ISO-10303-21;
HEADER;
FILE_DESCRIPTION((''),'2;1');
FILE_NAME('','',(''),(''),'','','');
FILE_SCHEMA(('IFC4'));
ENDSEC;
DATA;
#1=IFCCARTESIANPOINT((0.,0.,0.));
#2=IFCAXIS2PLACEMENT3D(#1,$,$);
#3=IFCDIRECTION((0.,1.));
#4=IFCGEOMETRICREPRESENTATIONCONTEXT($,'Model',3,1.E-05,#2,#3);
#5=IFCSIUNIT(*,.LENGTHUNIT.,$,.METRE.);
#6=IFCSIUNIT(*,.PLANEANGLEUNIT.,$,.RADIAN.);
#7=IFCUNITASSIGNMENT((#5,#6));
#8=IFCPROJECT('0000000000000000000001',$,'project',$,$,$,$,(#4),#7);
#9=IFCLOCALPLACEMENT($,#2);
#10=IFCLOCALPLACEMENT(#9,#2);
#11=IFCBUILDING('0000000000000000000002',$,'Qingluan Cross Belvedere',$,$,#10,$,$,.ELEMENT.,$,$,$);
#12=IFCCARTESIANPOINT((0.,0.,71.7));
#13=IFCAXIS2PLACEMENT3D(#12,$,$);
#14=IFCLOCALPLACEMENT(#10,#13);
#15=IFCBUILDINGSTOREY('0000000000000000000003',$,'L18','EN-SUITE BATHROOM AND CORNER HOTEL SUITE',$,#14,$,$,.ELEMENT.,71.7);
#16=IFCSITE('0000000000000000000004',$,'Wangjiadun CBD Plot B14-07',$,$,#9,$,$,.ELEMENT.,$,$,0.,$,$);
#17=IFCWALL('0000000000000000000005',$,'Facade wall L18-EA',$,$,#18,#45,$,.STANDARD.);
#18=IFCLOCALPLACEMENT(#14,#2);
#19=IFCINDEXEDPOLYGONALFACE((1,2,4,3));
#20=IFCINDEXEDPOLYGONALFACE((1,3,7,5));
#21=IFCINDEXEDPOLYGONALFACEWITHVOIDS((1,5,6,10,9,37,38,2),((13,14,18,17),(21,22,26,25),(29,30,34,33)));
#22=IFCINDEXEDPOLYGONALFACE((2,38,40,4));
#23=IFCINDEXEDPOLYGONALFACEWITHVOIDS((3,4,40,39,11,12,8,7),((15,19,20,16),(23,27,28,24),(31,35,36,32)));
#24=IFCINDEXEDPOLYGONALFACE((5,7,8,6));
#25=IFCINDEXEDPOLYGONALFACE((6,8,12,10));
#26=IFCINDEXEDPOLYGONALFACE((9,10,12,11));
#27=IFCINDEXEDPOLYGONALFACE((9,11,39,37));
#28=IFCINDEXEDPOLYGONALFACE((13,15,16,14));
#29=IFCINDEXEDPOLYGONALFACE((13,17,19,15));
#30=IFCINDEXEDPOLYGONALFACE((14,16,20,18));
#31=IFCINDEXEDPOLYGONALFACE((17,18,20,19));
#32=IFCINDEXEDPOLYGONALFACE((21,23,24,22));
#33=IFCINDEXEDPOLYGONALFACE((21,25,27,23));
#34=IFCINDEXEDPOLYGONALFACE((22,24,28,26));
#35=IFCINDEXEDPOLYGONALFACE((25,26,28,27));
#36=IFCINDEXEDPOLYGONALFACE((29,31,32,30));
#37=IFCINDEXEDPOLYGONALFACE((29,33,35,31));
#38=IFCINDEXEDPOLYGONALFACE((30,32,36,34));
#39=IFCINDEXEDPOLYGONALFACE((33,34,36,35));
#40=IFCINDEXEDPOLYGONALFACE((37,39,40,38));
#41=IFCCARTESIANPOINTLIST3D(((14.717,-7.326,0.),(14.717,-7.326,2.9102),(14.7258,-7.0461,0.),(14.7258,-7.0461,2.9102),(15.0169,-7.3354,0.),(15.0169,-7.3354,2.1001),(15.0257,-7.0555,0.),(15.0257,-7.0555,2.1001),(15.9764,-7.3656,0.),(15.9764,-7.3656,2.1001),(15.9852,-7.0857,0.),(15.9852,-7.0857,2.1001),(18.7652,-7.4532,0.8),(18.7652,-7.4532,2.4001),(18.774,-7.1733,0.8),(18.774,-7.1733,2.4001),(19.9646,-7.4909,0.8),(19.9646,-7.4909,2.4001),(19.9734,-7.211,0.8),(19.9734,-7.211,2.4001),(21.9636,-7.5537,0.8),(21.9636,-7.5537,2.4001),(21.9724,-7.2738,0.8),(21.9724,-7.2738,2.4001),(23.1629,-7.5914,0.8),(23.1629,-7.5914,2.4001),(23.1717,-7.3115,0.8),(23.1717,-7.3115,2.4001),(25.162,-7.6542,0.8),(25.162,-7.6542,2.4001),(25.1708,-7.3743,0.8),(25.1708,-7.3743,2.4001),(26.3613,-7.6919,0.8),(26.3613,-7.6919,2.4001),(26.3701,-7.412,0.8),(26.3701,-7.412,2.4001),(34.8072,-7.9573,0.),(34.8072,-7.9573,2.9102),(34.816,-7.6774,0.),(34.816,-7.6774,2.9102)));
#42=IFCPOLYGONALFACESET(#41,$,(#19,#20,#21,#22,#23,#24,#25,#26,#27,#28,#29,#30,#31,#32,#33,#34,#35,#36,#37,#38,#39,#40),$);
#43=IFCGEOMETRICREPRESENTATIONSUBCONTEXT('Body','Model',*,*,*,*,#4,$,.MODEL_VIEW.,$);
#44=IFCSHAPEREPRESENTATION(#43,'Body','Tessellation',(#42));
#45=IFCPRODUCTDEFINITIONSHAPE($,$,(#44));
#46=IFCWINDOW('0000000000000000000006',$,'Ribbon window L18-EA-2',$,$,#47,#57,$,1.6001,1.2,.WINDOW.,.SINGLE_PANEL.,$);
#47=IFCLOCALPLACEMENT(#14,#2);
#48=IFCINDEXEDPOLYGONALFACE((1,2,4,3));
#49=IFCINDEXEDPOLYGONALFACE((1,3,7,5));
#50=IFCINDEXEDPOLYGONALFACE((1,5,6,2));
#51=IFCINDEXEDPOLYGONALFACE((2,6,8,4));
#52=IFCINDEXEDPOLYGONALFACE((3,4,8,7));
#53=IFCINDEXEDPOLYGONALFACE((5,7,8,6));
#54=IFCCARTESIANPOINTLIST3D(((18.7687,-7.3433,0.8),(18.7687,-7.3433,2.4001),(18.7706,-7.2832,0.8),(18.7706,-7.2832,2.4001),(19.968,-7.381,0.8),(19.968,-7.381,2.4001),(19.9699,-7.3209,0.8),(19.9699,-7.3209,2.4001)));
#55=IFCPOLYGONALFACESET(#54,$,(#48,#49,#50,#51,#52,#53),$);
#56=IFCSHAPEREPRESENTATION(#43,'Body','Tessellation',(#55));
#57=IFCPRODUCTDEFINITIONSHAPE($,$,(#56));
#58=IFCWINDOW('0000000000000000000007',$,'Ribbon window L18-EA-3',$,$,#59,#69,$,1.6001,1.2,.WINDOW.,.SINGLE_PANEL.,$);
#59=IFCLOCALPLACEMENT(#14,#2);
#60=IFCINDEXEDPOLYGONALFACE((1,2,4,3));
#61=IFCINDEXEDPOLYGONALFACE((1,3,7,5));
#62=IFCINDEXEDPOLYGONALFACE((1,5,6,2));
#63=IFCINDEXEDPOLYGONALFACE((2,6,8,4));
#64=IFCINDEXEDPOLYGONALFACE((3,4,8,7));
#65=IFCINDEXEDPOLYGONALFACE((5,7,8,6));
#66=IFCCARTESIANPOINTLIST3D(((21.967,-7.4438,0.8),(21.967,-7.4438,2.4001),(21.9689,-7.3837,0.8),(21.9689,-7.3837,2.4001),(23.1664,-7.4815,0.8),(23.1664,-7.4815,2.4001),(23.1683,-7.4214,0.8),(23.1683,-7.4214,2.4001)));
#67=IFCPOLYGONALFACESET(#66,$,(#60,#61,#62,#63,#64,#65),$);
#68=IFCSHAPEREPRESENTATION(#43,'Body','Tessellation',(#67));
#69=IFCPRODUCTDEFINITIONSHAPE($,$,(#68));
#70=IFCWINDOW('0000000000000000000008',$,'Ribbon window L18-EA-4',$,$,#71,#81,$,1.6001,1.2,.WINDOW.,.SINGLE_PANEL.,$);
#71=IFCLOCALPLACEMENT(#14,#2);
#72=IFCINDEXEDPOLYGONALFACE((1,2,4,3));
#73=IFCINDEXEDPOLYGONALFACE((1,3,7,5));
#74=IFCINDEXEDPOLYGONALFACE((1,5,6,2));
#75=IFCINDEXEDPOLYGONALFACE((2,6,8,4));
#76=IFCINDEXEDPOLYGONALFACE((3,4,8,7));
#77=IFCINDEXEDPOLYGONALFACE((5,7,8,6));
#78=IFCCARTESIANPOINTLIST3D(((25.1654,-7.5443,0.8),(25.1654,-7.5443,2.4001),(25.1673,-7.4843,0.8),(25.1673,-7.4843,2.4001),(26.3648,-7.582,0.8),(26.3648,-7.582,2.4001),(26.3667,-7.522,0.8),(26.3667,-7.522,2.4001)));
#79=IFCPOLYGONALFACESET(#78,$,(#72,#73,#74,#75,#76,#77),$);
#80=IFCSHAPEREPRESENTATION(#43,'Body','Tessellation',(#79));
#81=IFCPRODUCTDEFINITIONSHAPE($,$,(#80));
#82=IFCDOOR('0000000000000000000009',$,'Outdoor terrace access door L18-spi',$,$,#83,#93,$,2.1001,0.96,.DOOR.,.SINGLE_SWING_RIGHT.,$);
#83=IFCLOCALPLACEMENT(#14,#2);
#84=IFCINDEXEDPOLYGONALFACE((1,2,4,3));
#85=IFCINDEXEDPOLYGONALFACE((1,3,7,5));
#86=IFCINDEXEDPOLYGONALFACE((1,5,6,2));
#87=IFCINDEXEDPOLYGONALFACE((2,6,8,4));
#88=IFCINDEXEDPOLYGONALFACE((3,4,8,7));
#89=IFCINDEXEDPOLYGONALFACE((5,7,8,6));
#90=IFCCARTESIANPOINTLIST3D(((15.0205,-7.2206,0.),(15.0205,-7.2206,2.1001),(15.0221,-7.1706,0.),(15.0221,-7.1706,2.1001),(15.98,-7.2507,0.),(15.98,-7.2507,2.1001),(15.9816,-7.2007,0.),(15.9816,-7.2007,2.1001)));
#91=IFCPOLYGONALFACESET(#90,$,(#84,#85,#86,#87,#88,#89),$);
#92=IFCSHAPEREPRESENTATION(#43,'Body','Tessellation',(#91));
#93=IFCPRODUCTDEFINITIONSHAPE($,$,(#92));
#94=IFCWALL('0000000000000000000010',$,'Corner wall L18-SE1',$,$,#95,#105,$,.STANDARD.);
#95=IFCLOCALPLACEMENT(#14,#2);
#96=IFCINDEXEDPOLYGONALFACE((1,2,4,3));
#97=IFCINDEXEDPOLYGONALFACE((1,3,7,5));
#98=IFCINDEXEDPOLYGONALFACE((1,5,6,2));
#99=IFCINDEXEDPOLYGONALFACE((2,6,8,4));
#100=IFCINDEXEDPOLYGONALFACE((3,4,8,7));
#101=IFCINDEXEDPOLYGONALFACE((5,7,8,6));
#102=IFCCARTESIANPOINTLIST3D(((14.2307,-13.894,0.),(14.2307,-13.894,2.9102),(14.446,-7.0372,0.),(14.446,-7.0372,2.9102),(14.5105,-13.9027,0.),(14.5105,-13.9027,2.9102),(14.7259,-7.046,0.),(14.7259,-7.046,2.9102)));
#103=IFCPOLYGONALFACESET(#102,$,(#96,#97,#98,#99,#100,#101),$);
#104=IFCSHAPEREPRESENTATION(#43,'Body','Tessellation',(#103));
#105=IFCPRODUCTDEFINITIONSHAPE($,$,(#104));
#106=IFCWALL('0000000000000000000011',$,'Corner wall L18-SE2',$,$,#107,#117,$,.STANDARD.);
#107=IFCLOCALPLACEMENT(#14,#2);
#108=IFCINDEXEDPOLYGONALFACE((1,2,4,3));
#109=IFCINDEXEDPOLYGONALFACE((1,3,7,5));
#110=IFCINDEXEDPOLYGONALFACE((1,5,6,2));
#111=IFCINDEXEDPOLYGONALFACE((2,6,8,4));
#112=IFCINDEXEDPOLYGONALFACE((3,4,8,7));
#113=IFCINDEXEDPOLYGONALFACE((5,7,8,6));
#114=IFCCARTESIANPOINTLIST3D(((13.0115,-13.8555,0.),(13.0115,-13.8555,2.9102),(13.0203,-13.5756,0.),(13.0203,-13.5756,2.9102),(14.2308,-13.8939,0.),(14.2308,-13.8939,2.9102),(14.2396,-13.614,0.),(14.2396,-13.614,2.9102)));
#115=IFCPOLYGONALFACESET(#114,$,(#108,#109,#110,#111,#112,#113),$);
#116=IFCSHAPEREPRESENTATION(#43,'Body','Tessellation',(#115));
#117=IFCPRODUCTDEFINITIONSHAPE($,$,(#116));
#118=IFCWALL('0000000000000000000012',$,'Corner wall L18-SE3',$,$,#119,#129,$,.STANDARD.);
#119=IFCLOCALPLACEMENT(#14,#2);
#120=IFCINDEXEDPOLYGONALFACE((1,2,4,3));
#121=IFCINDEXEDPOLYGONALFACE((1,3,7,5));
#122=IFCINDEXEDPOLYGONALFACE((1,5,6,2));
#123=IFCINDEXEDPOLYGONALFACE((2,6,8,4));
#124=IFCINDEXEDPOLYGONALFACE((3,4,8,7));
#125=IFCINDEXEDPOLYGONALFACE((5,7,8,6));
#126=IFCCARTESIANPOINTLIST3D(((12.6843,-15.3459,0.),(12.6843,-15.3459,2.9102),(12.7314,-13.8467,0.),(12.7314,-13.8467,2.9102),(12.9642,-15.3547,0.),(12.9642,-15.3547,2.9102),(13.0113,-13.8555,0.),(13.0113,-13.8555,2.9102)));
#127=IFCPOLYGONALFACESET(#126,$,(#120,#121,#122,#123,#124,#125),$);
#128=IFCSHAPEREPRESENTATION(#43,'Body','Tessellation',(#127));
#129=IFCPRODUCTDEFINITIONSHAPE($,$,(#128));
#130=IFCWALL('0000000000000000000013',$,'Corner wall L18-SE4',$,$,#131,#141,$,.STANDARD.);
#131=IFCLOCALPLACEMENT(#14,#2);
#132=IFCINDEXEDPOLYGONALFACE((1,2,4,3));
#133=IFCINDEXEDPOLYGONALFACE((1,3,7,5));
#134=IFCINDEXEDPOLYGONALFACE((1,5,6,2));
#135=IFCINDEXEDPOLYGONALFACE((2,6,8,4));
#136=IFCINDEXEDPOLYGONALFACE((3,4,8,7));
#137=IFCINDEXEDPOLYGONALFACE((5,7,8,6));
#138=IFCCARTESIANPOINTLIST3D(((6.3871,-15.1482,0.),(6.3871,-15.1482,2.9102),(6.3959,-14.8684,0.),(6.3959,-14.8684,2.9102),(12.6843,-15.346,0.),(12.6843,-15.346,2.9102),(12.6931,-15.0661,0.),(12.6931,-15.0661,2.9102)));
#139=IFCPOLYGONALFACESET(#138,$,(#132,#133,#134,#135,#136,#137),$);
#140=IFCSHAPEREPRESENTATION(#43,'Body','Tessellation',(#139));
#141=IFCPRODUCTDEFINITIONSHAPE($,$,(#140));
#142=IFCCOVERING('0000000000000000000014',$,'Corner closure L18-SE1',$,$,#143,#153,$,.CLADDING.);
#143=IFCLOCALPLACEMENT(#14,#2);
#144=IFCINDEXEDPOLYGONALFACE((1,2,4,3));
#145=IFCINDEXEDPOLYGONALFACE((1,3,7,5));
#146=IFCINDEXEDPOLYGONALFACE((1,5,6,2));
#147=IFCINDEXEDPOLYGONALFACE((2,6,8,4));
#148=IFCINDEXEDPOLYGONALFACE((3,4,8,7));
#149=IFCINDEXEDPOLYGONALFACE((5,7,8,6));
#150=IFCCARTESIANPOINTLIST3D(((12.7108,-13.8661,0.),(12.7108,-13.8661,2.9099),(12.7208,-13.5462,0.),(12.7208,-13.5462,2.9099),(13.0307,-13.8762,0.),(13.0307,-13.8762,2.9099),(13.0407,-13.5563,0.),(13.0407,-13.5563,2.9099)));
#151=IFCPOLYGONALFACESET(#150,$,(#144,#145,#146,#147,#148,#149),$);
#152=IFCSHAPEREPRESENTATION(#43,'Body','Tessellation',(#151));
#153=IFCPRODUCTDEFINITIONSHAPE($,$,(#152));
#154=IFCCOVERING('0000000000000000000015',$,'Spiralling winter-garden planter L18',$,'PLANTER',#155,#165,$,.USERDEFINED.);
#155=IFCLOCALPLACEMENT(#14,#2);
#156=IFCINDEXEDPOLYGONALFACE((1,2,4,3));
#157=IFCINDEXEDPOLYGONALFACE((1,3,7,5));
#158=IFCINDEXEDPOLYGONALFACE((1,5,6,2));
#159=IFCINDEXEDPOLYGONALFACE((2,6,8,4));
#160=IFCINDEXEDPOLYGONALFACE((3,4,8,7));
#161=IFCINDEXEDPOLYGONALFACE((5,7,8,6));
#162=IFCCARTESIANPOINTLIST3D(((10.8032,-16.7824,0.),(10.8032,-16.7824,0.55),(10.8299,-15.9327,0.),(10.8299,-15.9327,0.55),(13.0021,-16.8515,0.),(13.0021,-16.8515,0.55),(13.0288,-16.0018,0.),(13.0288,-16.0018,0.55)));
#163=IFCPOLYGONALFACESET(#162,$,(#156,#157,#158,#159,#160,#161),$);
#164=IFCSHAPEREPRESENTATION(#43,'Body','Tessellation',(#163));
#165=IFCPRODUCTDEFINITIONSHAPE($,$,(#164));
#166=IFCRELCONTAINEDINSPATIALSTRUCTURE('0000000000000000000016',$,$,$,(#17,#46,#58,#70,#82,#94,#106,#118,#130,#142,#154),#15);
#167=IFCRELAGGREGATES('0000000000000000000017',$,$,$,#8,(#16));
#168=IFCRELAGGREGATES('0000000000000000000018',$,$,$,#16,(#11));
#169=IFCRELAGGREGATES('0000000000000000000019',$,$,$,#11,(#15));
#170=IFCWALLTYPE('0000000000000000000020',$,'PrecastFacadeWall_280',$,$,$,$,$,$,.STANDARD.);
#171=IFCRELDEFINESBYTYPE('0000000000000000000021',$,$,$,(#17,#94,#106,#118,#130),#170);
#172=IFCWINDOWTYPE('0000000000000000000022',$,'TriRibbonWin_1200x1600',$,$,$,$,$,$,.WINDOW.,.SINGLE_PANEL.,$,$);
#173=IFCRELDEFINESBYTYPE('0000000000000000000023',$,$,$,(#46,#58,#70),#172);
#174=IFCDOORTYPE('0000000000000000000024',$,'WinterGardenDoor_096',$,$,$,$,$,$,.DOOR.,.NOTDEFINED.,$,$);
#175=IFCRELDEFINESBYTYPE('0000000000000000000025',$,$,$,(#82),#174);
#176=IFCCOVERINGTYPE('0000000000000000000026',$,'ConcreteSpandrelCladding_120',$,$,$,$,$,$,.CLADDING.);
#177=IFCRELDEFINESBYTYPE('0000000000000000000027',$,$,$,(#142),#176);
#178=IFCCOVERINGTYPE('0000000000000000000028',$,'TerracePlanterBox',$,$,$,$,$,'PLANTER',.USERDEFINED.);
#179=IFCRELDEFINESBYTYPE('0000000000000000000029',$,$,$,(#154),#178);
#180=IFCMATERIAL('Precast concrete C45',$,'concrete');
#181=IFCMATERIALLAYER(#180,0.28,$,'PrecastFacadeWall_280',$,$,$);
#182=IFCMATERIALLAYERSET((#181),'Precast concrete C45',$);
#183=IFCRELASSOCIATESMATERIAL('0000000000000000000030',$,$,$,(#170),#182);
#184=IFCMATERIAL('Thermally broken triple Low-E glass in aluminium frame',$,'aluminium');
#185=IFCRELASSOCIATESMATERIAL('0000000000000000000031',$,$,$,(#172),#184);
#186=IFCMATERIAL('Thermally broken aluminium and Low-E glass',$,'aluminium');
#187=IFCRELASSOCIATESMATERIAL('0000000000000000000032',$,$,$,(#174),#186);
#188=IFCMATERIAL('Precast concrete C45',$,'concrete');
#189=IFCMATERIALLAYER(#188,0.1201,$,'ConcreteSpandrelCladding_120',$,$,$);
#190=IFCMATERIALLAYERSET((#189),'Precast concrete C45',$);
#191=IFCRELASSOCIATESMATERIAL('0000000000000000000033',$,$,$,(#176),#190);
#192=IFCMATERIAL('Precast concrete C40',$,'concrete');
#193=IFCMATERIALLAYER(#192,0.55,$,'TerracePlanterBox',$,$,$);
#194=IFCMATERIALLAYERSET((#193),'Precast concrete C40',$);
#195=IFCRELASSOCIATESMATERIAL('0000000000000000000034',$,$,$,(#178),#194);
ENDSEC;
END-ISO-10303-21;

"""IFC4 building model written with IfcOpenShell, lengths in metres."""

from ifc_helpers import new_model, si_unit, direction, frame, frame_2d, origin, origin_2d, place, context, subcontext, project, spatial, rectangle, extrude, material, layer, layer_set, type_object, element, fill, save


model = new_model("IFC4")

# Units and contexts
model_context = context("Model", 3, precision=1e-05, world=origin(), true_north=direction((0.0, 1.0)))
body_context = subcontext(model_context, "Body", "Model", "MODEL_VIEW")
ifc_project = project(units=[si_unit("LENGTHUNIT", "METRE"), si_unit("PLANEANGLEUNIT", "RADIAN")], contexts=[model_context])

# Site, building, storey
site_placement = place(None, origin())
site = spatial("IfcSite", under=ifc_project, at=site_placement, Name="Wangjiadun CBD Plot B14-07", CompositionType="ELEMENT", RefElevation=0.0)
building_placement = place(site_placement, origin())
building = spatial("IfcBuilding", under=site, at=building_placement, Name="Qingluan Cross Belvedere", CompositionType="ELEMENT")
storey_placement = place(building_placement, frame((0.0, 0.0, 71.7)))
storey = spatial("IfcBuildingStorey", under=building, at=storey_placement, Name="L18", Description="EN-SUITE BATHROOM AND CORNER HOTEL SUITE", CompositionType="ELEMENT", Elevation=71.7)

# Wall, openings, windows, door
ifc_material_1 = material(Name="Precast concrete C45", Category="concrete")
ifc_layer_1 = layer(ifc_material_1, 0.28, Name="PrecastFacadeWall_280")
ifc_layer_set_1 = layer_set([ifc_layer_1], Name="Precast concrete C45")
wall_type_1 = type_object("IfcWallType", Name="PrecastFacadeWall_280", PredefinedType="STANDARD", material=ifc_layer_set_1)
wall_1_placement = place(storey_placement, frame((14.7214, -7.186, 0.0), z_axis=(0.0, 0.0, 1.0), x_axis=(0.999507, -0.03141, 0.0)))
wall_1 = element("IfcWall", 1, at=wall_1_placement, inside=storey, type_object=wall_type_1, Name="Facade wall L18-EA", PredefinedType="STANDARD", context=body_context, shape_type="SweptSolid", body=[
    extrude(rectangle(XDim=20.1001, YDim=0.28, at=frame_2d((10.05, 0.0))), origin(), (0.0, 0.0, 1.0), 2.9102),
])
opening_1_placement = place(wall_1_placement, frame((4.05, 0.0, 0.8)))
opening_1 = element("IfcOpeningElement", 2, at=opening_1_placement, cuts=wall_1, PredefinedType="OPENING", context=body_context, shape_type="SweptSolid", body=[
    extrude(rectangle(XDim=1.2, YDim=1.6001, at=frame_2d((0.6001, 0.8))), frame((0.0, 0.1499, 0.0), z_axis=(0.0, -1.0, 0.0), x_axis=(1.0, 0.0, 0.0)), (0.0, 0.0, 1.0), 0.3),
])
opening_2_placement = place(wall_1_placement, frame((7.25, 0.0, 0.8)))
opening_2 = element("IfcOpeningElement", 3, at=opening_2_placement, cuts=wall_1, PredefinedType="OPENING", context=body_context, shape_type="SweptSolid", body=[
    extrude(rectangle(XDim=1.2, YDim=1.6001, at=frame_2d((0.6001, 0.8))), frame((0.0, 0.1499, 0.0), z_axis=(0.0, -1.0, 0.0), x_axis=(1.0, 0.0, 0.0)), (0.0, 0.0, 1.0), 0.3),
])
opening_3_placement = place(wall_1_placement, frame((10.45, 0.0, 0.8)))
opening_3 = element("IfcOpeningElement", 4, at=opening_3_placement, cuts=wall_1, PredefinedType="OPENING", context=body_context, shape_type="SweptSolid", body=[
    extrude(rectangle(XDim=1.2, YDim=1.6001, at=frame_2d((0.6001, 0.8))), frame((0.0, 0.1499, 0.0), z_axis=(0.0, -1.0, 0.0), x_axis=(1.0, 0.0, 0.0)), (0.0, 0.0, 1.0), 0.3),
])
opening_4_placement = place(wall_1_placement, frame((0.3, 0.0, 0.0)))
opening_4 = element("IfcOpeningElement", 5, at=opening_4_placement, cuts=wall_1, PredefinedType="OPENING", context=body_context, shape_type="SweptSolid", body=[
    extrude(rectangle(XDim=0.96, YDim=2.1001, at=frame_2d((0.48, 1.05))), frame((0.0, 0.1499, 0.0), z_axis=(0.0, -1.0, 0.0), x_axis=(1.0, 0.0, 0.0)), (0.0, 0.0, 1.0), 0.3),
])
ifc_material_2 = material(Name="Thermally broken triple Low-E glass in aluminium frame", Category="aluminium")
window_type = type_object("IfcWindowType", Name="TriRibbonWin_1200x1600", PartitioningType="SINGLE_PANEL", PredefinedType="WINDOW", material=ifc_material_2)
window_1_placement = place(opening_1_placement, origin())
window_1 = element("IfcWindow", 6, at=window_1_placement, inside=storey, type_object=window_type, Name="Ribbon window L18-EA-2", OverallHeight=1.6001, OverallWidth=1.2, PartitioningType="SINGLE_PANEL", PredefinedType="WINDOW", context=body_context, shape_type="SweptSolid", body=[
    extrude(rectangle(XDim=1.2, YDim=1.6001, at=frame_2d((0.6001, 0.8))), frame((0.0, 0.03, 0.0), z_axis=(0.0, -1.0, 0.0), x_axis=(1.0, 0.0, 0.0)), (0.0, 0.0, 1.0), 0.0601),
])
fill(opening_1, window_1)
window_2_placement = place(opening_2_placement, origin())
window_2 = element("IfcWindow", 7, at=window_2_placement, inside=storey, type_object=window_type, Name="Ribbon window L18-EA-3", OverallHeight=1.6001, OverallWidth=1.2, PartitioningType="SINGLE_PANEL", PredefinedType="WINDOW", context=body_context, shape_type="SweptSolid", body=[
    extrude(rectangle(XDim=1.2, YDim=1.6001, at=frame_2d((0.6001, 0.8))), frame((0.0, 0.03, 0.0), z_axis=(0.0, -1.0, 0.0), x_axis=(1.0, 0.0, 0.0)), (0.0, 0.0, 1.0), 0.0601),
])
fill(opening_2, window_2)
window_3_placement = place(opening_3_placement, origin())
window_3 = element("IfcWindow", 8, at=window_3_placement, inside=storey, type_object=window_type, Name="Ribbon window L18-EA-4", OverallHeight=1.6001, OverallWidth=1.2, PartitioningType="SINGLE_PANEL", PredefinedType="WINDOW", context=body_context, shape_type="SweptSolid", body=[
    extrude(rectangle(XDim=1.2, YDim=1.6001, at=frame_2d((0.6001, 0.8))), frame((0.0, 0.03, 0.0), z_axis=(0.0, -1.0, 0.0), x_axis=(1.0, 0.0, 0.0)), (0.0, 0.0, 1.0), 0.0601),
])
fill(opening_3, window_3)
ifc_material_3 = material(Name="Thermally broken aluminium and Low-E glass", Category="aluminium")
door_type = type_object("IfcDoorType", Name="WinterGardenDoor_096", OperationType="NOTDEFINED", PredefinedType="DOOR", material=ifc_material_3)
door_placement = place(opening_4_placement, origin())
door = element("IfcDoor", 9, at=door_placement, inside=storey, type_object=door_type, Name="Outdoor terrace access door L18-spi", OperationType="SINGLE_SWING_RIGHT", OverallHeight=2.1001, OverallWidth=0.96, PredefinedType="DOOR", context=body_context, shape_type="SweptSolid", body=[
    extrude(rectangle(XDim=0.96, YDim=2.1001, at=frame_2d((0.48, 1.05))), frame((0.0, 0.0249, 0.0), z_axis=(0.0, -1.0, 0.0), x_axis=(1.0, 0.0, 0.0)), (0.0, 0.0, 1.0), 0.05),
])
fill(opening_4, door)

# Walls
wall_2_placement = place(storey_placement, frame((14.5859, -7.0415, 0.0), z_axis=(0.0, 0.0, 1.0), x_axis=(-0.031389, -0.999507, 0.0)))
element("IfcWall", 10, at=wall_2_placement, inside=storey, type_object=wall_type_1, Name="Corner wall L18-SE1", PredefinedType="STANDARD", context=body_context, shape_type="SweptSolid", body=[
    extrude(rectangle(XDim=6.8601, YDim=0.28, at=frame_2d((3.4302, 0.0))), origin(), (0.0, 0.0, 1.0), 2.9102),
])
wall_3_placement = place(storey_placement, frame((14.2351, -13.7539, 0.0), z_axis=(0.0, 0.0, 1.0), x_axis=(-0.999506, 0.031416, 0.0)))
element("IfcWall", 11, at=wall_3_placement, inside=storey, type_object=wall_type_1, Name="Corner wall L18-SE2", PredefinedType="STANDARD", context=body_context, shape_type="SweptSolid", body=[
    extrude(rectangle(XDim=1.22, YDim=0.28, at=frame_2d((0.6099, 0.0))), origin(), (0.0, 0.0, 1.0), 2.9102),
])
wall_4_placement = place(storey_placement, frame((12.8713, -13.8511, 0.0), z_axis=(0.0, 0.0, 1.0), x_axis=(-0.031413, -0.999507, 0.0)))
element("IfcWall", 12, at=wall_4_placement, inside=storey, type_object=wall_type_1, Name="Corner wall L18-SE3", PredefinedType="STANDARD", context=body_context, shape_type="SweptSolid", body=[
    extrude(rectangle(XDim=1.5, YDim=0.28, at=frame_2d((0.75, 0.0))), origin(), (0.0, 0.0, 1.0), 2.9102),
])
wall_5_placement = place(storey_placement, frame((12.6887, -15.2061, 0.0), z_axis=(0.0, 0.0, 1.0), x_axis=(-0.999507, 0.031388, 0.0)))
element("IfcWall", 13, at=wall_5_placement, inside=storey, type_object=wall_type_1, Name="Corner wall L18-SE4", PredefinedType="STANDARD", context=body_context, shape_type="SweptSolid", body=[
    extrude(rectangle(XDim=6.3003, YDim=0.28, at=frame_2d((3.1501, 0.0))), origin(), (0.0, 0.0, 1.0), 2.9102),
])

# Coverings
ifc_material_4 = material(Name="Precast concrete C45", Category="concrete")
ifc_layer_2 = layer(ifc_material_4, 0.1201, Name="ConcreteSpandrelCladding_120")
ifc_layer_set_2 = layer_set([ifc_layer_2], Name="Precast concrete C45")
covering_type_1 = type_object("IfcCoveringType", Name="ConcreteSpandrelCladding_120", PredefinedType="CLADDING", material=ifc_layer_set_2)
covering_1_placement = place(storey_placement, frame((12.8757, -13.7112, 0.0), z_axis=(0.0, 0.0, 1.0), x_axis=(0.999507, -0.031411, 0.0)))
element("IfcCovering", 14, at=covering_1_placement, inside=storey, type_object=covering_type_1, Name="Corner closure L18-SE1", PredefinedType="CLADDING", context=body_context, shape_type="SweptSolid", body=[
    extrude(rectangle(XDim=0.3201, YDim=0.3201, at=origin_2d()), origin(), (0.0, 0.0, 1.0), 2.9099),
])
ifc_material_5 = material(Name="Precast concrete C40", Category="concrete")
ifc_layer_3 = layer(ifc_material_5, 0.55, Name="TerracePlanterBox")
ifc_layer_set_3 = layer_set([ifc_layer_3], Name="Precast concrete C40")
covering_type_2 = type_object("IfcCoveringType", Name="TerracePlanterBox", ElementType="PLANTER", PredefinedType="USERDEFINED", material=ifc_layer_set_3)
covering_2_placement = place(storey_placement, frame((11.916, -16.3921, 0.0), z_axis=(0.0, 0.0, 1.0), x_axis=(0.999507, -0.031411, 0.0)))
element("IfcCovering", 15, at=covering_2_placement, inside=storey, type_object=covering_type_2, Name="Spiralling winter-garden planter L18", ObjectType="PLANTER", PredefinedType="USERDEFINED", context=body_context, shape_type="SweptSolid", body=[
    extrude(rectangle(XDim=2.2, YDim=0.8501, at=origin_2d()), origin(), (0.0, 0.0, 1.0), 0.55),
])

save(model, "model.ifc")
